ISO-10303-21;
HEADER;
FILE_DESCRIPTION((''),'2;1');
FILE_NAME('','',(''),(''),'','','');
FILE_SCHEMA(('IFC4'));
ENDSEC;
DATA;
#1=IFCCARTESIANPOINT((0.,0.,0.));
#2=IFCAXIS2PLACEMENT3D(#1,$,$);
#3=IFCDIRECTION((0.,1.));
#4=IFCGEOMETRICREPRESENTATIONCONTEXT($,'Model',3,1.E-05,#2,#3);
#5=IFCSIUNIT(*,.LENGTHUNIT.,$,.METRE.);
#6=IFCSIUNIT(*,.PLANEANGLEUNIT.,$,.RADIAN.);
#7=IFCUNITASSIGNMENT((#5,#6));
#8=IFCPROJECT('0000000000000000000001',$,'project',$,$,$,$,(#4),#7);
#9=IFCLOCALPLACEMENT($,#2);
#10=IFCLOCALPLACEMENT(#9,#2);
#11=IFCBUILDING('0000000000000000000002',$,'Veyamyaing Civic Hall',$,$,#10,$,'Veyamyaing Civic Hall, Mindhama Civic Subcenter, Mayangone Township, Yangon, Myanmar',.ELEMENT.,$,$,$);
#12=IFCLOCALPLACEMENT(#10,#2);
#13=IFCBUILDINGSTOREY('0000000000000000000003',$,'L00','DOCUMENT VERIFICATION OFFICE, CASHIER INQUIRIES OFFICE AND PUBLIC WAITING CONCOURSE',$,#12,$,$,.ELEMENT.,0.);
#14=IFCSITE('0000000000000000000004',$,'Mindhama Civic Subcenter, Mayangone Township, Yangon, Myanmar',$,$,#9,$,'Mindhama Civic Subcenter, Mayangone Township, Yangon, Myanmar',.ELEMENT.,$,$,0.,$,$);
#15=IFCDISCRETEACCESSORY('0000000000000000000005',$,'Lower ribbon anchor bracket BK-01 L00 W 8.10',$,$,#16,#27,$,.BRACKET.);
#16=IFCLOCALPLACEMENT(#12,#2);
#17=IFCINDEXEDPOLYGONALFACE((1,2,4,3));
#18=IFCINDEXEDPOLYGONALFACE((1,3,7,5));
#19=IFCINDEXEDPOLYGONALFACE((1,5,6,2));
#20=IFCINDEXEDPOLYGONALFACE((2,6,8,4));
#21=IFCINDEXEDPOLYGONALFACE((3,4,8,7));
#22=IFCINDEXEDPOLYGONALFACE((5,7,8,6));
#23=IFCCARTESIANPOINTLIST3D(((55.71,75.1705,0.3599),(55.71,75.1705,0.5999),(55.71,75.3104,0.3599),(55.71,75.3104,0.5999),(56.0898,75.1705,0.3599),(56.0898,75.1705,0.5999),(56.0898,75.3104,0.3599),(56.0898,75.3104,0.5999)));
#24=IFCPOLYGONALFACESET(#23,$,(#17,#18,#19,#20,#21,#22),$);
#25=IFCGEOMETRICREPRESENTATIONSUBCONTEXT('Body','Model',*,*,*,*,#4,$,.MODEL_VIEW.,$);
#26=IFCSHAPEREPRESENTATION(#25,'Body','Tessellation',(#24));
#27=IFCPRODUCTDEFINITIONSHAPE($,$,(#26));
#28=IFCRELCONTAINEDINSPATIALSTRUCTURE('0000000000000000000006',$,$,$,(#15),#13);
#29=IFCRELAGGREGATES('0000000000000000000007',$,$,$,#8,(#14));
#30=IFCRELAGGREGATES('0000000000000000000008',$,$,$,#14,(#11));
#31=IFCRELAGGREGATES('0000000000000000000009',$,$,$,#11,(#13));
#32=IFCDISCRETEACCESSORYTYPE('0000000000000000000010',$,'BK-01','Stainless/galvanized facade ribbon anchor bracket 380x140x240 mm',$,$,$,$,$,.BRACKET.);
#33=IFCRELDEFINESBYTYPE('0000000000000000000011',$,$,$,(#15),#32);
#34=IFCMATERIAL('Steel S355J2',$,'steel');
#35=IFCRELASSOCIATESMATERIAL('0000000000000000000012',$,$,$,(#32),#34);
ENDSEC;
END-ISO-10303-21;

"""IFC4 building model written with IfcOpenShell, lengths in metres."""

from ifc_helpers import new_model, si_unit, direction, frame, origin, origin_2d, place, context, subcontext, project, spatial, rectangle, extrude, material, type_object, element, save


model = new_model("IFC4")

# Units and contexts
model_context = context("Model", 3, precision=1e-05, world=origin(), true_north=direction((0.0, 1.0)))
body_context = subcontext(model_context, "Body", "Model", "MODEL_VIEW")
ifc_project = project(units=[si_unit("LENGTHUNIT", "METRE"), si_unit("PLANEANGLEUNIT", "RADIAN")], contexts=[model_context])

# Site, building, storey
site_placement = place(None, origin())
site = spatial("IfcSite", under=ifc_project, at=site_placement, Name="Mindhama Civic Subcenter, Mayangone Township, Yangon, Myanmar", LongName="Mindhama Civic Subcenter, Mayangone Township, Yangon, Myanmar", CompositionType="ELEMENT", RefElevation=0.0)
building_placement = place(site_placement, origin())
building = spatial("IfcBuilding", under=site, at=building_placement, Name="Veyamyaing Civic Hall", LongName="Veyamyaing Civic Hall, Mindhama Civic Subcenter, Mayangone Township, Yangon, Myanmar", CompositionType="ELEMENT")
storey_placement = place(building_placement, origin())
storey = spatial("IfcBuildingStorey", under=building, at=storey_placement, Name="L00", Description="DOCUMENT VERIFICATION OFFICE, CASHIER INQUIRIES OFFICE AND PUBLIC WAITING CONCOURSE", CompositionType="ELEMENT", Elevation=0.0)

# Discrete accessory
ifc_material_1 = material(Name="Steel S355J2", Category="steel")
discrete_accessory_type = type_object("IfcDiscreteAccessoryType", Name="BK-01", Description="Stainless/galvanized facade ribbon anchor bracket 380x140x240 mm", PredefinedType="BRACKET", material=ifc_material_1)
for number, where, z_axis, x_axis, name in (
    (1, (55.8999, 75.2405, 0.3599), (0.0, 0.0, 1.0), (-1.0, 0.0, 0.0), "Lower ribbon anchor bracket BK-01 L00 W 8.10"),
):
    element("IfcDiscreteAccessory", number, at=place(storey_placement, frame(where, z_axis=z_axis, x_axis=x_axis)), inside=storey, type_object=discrete_accessory_type, Name=name, PredefinedType="BRACKET", context=body_context, shape_type="SweptSolid", body=[
        extrude(rectangle(XDim=0.3799, YDim=0.1399, at=origin_2d()), origin(), (0.0, 0.0, 1.0), 0.24),
    ])

save(model, "model.ifc")
